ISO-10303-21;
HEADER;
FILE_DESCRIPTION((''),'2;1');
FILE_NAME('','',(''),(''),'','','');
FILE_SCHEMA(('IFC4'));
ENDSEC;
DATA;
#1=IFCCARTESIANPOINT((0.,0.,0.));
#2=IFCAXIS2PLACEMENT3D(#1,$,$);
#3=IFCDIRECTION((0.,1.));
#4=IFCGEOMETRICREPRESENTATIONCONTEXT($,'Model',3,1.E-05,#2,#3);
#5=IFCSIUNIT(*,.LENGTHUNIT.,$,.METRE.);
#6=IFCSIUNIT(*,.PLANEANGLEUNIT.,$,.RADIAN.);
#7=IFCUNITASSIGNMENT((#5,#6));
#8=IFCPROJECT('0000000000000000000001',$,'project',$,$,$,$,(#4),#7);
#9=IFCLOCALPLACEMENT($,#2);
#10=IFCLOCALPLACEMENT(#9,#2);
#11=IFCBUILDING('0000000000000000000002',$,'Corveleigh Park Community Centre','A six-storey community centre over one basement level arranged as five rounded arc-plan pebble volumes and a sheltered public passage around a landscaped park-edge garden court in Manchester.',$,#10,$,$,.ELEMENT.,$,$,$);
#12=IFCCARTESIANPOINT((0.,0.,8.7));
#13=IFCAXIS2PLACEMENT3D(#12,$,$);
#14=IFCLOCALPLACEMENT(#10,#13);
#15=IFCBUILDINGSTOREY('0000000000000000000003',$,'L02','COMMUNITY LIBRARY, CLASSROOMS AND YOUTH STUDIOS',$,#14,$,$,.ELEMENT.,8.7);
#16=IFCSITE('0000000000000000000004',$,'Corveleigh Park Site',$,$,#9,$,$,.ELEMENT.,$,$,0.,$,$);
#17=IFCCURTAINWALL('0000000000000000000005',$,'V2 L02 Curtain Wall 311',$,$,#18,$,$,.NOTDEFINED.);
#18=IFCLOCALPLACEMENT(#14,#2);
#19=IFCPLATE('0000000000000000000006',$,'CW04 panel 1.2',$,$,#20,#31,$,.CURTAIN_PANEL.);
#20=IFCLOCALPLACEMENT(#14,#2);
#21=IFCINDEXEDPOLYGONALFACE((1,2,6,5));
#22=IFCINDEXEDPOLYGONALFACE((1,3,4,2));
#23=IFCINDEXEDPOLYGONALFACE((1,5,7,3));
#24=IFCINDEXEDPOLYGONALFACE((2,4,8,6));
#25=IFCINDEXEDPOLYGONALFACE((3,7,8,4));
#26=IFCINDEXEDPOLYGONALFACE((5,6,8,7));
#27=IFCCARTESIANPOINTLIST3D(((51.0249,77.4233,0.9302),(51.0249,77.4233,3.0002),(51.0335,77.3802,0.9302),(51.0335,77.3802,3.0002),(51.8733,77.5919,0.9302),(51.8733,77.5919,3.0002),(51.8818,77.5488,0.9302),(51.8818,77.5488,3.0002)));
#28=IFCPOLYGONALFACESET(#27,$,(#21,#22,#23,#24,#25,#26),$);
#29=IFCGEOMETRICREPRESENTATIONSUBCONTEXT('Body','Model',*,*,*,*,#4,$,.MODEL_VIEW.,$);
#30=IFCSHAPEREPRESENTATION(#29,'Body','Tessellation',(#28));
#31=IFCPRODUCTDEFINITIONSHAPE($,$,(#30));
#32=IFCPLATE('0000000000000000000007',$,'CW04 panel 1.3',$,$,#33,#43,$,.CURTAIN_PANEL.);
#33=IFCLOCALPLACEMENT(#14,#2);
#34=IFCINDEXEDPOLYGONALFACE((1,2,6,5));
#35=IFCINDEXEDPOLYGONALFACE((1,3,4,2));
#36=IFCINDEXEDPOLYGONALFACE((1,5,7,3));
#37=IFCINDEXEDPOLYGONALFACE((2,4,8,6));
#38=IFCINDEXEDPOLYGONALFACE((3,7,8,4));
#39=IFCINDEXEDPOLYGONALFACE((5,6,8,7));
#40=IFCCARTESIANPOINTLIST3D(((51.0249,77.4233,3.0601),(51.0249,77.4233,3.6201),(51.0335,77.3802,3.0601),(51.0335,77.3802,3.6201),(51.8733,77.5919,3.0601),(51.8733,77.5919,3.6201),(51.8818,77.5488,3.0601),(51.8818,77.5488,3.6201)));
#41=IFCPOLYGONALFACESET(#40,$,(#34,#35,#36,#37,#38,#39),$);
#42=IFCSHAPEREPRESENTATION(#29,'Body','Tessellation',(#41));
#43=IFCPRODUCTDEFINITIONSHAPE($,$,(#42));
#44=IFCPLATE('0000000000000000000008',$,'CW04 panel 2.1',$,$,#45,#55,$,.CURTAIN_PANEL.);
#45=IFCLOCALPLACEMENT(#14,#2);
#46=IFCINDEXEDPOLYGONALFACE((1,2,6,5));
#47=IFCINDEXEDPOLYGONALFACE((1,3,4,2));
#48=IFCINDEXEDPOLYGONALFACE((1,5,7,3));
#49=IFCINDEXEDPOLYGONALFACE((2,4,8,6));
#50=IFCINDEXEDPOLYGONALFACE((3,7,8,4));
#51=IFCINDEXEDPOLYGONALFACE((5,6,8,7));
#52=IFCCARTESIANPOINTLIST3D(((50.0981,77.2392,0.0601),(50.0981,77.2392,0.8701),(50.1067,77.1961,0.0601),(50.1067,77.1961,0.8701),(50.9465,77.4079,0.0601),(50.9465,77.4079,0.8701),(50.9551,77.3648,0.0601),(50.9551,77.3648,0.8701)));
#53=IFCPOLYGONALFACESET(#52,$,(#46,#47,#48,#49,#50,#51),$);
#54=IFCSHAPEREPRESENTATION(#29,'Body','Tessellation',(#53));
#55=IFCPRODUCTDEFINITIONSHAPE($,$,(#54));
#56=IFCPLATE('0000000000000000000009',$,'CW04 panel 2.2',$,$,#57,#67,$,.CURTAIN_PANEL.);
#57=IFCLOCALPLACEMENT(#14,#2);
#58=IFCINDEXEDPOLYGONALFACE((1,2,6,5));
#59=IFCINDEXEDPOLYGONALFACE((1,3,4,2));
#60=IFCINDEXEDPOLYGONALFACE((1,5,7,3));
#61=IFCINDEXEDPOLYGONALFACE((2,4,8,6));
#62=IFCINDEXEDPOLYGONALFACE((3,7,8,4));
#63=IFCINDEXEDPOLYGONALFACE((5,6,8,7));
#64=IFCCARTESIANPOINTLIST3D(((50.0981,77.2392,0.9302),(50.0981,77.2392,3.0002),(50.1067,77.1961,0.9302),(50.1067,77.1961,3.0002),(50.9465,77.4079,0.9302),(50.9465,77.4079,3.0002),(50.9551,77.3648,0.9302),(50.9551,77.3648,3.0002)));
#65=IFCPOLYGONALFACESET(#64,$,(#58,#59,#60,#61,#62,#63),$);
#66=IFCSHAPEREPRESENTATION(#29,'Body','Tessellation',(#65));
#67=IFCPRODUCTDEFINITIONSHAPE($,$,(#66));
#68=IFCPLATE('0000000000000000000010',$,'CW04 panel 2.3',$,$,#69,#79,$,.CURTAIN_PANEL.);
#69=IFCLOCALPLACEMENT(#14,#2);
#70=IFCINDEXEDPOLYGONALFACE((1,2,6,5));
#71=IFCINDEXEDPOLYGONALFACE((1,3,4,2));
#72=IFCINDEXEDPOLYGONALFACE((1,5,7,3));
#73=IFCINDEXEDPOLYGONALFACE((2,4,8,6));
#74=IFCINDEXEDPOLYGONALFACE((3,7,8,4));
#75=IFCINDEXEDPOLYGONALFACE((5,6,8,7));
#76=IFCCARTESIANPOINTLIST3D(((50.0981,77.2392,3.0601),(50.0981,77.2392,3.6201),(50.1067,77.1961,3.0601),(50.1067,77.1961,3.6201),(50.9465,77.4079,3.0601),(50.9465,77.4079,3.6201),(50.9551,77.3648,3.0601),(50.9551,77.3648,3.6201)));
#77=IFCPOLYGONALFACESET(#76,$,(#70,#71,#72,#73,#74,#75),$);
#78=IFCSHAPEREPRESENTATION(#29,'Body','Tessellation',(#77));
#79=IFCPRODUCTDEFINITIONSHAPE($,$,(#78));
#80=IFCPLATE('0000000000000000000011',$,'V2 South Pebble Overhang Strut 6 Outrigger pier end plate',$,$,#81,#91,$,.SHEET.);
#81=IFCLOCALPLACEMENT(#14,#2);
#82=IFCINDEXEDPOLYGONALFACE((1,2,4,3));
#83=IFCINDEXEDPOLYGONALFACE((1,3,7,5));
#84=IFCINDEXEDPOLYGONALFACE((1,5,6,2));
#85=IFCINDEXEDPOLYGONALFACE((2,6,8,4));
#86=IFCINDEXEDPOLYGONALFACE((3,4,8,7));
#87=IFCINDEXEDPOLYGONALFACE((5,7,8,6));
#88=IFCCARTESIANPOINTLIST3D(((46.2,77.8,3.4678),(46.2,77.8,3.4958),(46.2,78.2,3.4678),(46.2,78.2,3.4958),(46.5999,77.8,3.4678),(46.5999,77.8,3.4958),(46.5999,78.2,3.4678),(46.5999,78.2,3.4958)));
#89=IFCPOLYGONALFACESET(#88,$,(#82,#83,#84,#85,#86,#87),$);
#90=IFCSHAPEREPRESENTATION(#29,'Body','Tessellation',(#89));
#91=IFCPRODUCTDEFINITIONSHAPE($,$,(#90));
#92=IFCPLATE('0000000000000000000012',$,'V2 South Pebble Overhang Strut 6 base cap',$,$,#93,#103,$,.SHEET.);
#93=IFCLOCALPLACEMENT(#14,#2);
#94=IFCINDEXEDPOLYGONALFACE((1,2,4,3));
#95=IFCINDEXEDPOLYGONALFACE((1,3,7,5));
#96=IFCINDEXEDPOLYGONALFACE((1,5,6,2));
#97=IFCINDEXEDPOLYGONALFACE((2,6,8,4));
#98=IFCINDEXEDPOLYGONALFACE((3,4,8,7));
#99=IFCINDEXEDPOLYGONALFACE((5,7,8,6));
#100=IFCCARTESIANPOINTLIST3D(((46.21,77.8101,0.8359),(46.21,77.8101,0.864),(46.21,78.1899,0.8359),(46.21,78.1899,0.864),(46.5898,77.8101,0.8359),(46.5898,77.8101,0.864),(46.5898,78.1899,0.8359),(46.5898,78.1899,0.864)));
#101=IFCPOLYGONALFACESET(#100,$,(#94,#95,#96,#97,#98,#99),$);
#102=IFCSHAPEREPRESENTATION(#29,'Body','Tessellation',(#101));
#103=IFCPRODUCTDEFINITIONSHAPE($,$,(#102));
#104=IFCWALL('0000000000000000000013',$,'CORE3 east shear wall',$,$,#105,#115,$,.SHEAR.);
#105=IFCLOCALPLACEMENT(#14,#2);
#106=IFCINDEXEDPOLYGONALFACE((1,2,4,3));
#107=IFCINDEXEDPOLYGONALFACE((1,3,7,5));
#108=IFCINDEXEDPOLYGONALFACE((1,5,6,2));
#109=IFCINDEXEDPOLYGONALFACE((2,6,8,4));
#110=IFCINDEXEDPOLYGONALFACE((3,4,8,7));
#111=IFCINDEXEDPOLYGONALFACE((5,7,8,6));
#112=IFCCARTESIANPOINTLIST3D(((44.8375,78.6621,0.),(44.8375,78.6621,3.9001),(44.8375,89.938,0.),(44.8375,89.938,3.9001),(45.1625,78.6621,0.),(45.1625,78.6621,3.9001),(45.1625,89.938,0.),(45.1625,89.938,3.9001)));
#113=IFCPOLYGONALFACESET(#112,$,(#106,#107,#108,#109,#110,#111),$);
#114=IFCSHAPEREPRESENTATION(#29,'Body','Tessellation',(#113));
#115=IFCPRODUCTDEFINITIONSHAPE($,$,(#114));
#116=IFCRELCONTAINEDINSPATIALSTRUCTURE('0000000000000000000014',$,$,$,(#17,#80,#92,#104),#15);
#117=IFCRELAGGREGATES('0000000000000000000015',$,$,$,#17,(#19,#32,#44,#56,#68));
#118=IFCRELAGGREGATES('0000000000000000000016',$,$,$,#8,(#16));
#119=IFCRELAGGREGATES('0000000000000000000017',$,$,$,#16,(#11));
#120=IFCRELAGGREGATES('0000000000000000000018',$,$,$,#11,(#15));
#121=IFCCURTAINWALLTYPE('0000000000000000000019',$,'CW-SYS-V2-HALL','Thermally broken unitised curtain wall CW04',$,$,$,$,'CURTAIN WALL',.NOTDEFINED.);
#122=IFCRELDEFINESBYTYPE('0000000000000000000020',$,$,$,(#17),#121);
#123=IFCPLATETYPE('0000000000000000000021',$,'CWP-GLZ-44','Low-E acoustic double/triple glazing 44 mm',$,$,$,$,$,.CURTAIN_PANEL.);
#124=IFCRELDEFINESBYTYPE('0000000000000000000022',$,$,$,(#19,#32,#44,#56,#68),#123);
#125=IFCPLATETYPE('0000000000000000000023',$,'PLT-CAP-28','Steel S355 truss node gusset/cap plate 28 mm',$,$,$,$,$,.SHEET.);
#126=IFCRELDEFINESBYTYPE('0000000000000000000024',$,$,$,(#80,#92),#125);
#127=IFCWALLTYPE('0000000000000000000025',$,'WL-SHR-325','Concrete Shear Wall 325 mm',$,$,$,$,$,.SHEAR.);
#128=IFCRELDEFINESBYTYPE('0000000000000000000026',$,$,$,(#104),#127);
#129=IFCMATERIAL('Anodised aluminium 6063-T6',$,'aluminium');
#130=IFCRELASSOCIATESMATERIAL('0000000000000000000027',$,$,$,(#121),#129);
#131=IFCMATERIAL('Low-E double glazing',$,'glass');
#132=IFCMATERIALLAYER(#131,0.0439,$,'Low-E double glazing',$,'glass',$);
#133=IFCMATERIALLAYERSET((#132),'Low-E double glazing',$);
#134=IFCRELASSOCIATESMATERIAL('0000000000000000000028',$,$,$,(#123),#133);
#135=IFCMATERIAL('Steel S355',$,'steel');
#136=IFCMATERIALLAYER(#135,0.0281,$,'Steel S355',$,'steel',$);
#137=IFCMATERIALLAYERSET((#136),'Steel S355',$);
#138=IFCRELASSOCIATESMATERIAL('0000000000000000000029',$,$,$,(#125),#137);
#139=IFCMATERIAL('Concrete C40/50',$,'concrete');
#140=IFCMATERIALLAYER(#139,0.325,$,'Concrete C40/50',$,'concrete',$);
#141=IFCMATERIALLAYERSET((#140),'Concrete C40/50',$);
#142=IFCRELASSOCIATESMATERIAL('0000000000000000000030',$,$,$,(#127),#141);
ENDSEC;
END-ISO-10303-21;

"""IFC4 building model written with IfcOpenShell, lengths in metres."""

from ifc_helpers import new_model, si_unit, direction, frame, frame_2d, origin, origin_2d, place, context, subcontext, project, spatial, rectangle, extrude, material, layer, layer_set, type_object, element, aggregate, save


model = new_model("IFC4")

# Units and contexts
model_context = context("Model", 3, precision=1e-05, world=origin(), true_north=direction((0.0, 1.0)))
body_context = subcontext(model_context, "Body", "Model", "MODEL_VIEW")
ifc_project = project(units=[si_unit("LENGTHUNIT", "METRE"), si_unit("PLANEANGLEUNIT", "RADIAN")], contexts=[model_context])

# Site, building, storey
site_placement = place(None, origin())
site = spatial("IfcSite", under=ifc_project, at=site_placement, Name="Corveleigh Park Site", CompositionType="ELEMENT", RefElevation=0.0)
building_placement = place(site_placement, origin())
building = spatial("IfcBuilding", under=site, at=building_placement, Name="Corveleigh Park Community Centre", Description="A six-storey community centre over one basement level arranged as five rounded arc-plan pebble volumes and a sheltered public passage around a landscaped park-edge garden court in Manchester.", CompositionType="ELEMENT")
storey_placement = place(building_placement, frame((0.0, 0.0, 8.7)))
storey = spatial("IfcBuildingStorey", under=building, at=storey_placement, Name="L02", Description="COMMUNITY LIBRARY, CLASSROOMS AND YOUTH STUDIOS", CompositionType="ELEMENT", Elevation=8.7)

# Shared definitions
ifc_material_1 = material(Name="Steel S355", Category="steel")

# Curtain wall
ifc_material_2 = material(Name="Anodised aluminium 6063-T6", Category="aluminium")
curtain_wall_type = type_object("IfcCurtainWallType", Name="CW-SYS-V2-HALL", Description="Thermally broken unitised curtain wall CW04", ElementType="CURTAIN WALL", PredefinedType="NOTDEFINED", material=ifc_material_2)
curtain_wall_1_placement = place(storey_placement, origin())
curtain_wall_1 = element("IfcCurtainWall", 1, at=curtain_wall_1_placement, inside=storey, type_object=curtain_wall_type, Name="V2 L02 Curtain Wall 311", PredefinedType="NOTDEFINED")

# Plates
ifc_material_3 = material(Name="Low-E double glazing", Category="glass")
ifc_layer_1 = layer(ifc_material_3, 0.0439, Name="Low-E double glazing", Category="glass")
ifc_layer_set_1 = layer_set([ifc_layer_1], Name="Low-E double glazing")
plate_type_1 = type_object("IfcPlateType", Name="CWP-GLZ-44", Description="Low-E acoustic double/triple glazing 44 mm", PredefinedType="CURTAIN_PANEL", material=ifc_layer_set_1)
plate_1_placement = place(storey_placement, frame((51.4534, 77.4861, 0.9302), z_axis=(0.0, 0.0, 1.0), x_axis=(-0.980814, -0.194944, 0.0)))
plate_1 = element("IfcPlate", 2, at=plate_1_placement, type_object=plate_type_1, Name="CW04 panel 1.2", PredefinedType="CURTAIN_PANEL", context=body_context, shape_type="SweptSolid", body=[
    extrude(rectangle(XDim=0.865, YDim=0.0439, at=origin_2d()), origin(), (0.0, 0.0, 1.0), 2.0701),
])
plate_2_placement = place(storey_placement, frame((51.4534, 77.4861, 3.0601), z_axis=(0.0, 0.0, 1.0), x_axis=(-0.980814, -0.194944, 0.0)))
plate_2 = element("IfcPlate", 3, at=plate_2_placement, type_object=plate_type_1, Name="CW04 panel 1.3", PredefinedType="CURTAIN_PANEL", context=body_context, shape_type="SweptSolid", body=[
    extrude(rectangle(XDim=0.865, YDim=0.0439, at=origin_2d()), origin(), (0.0, 0.0, 1.0), 0.5601),
])
plate_3_placement = place(storey_placement, frame((50.5266, 77.302, 0.0601), z_axis=(0.0, 0.0, 1.0), x_axis=(-0.980814, -0.194944, 0.0)))
plate_3 = element("IfcPlate", 4, at=plate_3_placement, type_object=plate_type_1, Name="CW04 panel 2.1", PredefinedType="CURTAIN_PANEL", context=body_context, shape_type="SweptSolid", body=[
    extrude(rectangle(XDim=0.865, YDim=0.0439, at=origin_2d()), origin(), (0.0, 0.0, 1.0), 0.8101),
])
plate_4_placement = place(storey_placement, frame((50.5266, 77.302, 0.9302), z_axis=(0.0, 0.0, 1.0), x_axis=(-0.980814, -0.194944, 0.0)))
plate_4 = element("IfcPlate", 5, at=plate_4_placement, type_object=plate_type_1, Name="CW04 panel 2.2", PredefinedType="CURTAIN_PANEL", context=body_context, shape_type="SweptSolid", body=[
    extrude(rectangle(XDim=0.865, YDim=0.0439, at=origin_2d()), origin(), (0.0, 0.0, 1.0), 2.0701),
])
plate_5_placement = place(storey_placement, frame((50.5266, 77.302, 3.0601), z_axis=(0.0, 0.0, 1.0), x_axis=(-0.980814, -0.194944, 0.0)))
plate_5 = element("IfcPlate", 6, at=plate_5_placement, type_object=plate_type_1, Name="CW04 panel 2.3", PredefinedType="CURTAIN_PANEL", context=body_context, shape_type="SweptSolid", body=[
    extrude(rectangle(XDim=0.865, YDim=0.0439, at=origin_2d()), origin(), (0.0, 0.0, 1.0), 0.5601),
])
aggregate(curtain_wall_1, [plate_1, plate_2, plate_3, plate_4, plate_5])

# Plates
ifc_layer_2 = layer(ifc_material_1, 0.0281, Name="Steel S355", Category="steel")
ifc_layer_set_2 = layer_set([ifc_layer_2], Name="Steel S355")
plate_type_2 = type_object("IfcPlateType", Name="PLT-CAP-28", Description="Steel S355 truss node gusset/cap plate 28 mm", PredefinedType="SHEET", material=ifc_layer_set_2)
plate_6_placement = place(storey_placement, frame((46.3999, 78.0, 3.4678), z_axis=(0.0, 0.0, 1.0), x_axis=(1.0, 0.0, 0.0)))
element("IfcPlate", 7, at=plate_6_placement, inside=storey, type_object=plate_type_2, Name="V2 South Pebble Overhang Strut 6 Outrigger pier end plate", PredefinedType="SHEET", context=body_context, shape_type="SweptSolid", body=[
    extrude(rectangle(XDim=0.3999, YDim=0.3999, at=origin_2d()), origin(), (0.0, 0.0, 1.0), 0.0281),
])
plate_7_placement = place(storey_placement, frame((46.3999, 78.0, 0.8359), z_axis=(0.0, 0.0, 1.0), x_axis=(1.0, 0.0, 0.0)))
element("IfcPlate", 8, at=plate_7_placement, inside=storey, type_object=plate_type_2, Name="V2 South Pebble Overhang Strut 6 base cap", PredefinedType="SHEET", context=body_context, shape_type="SweptSolid", body=[
    extrude(rectangle(XDim=0.3799, YDim=0.3799, at=origin_2d()), origin(), (0.0, 0.0, 1.0), 0.0281),
])

# Wall
ifc_material_4 = material(Name="Concrete C40/50", Category="concrete")
ifc_layer_3 = layer(ifc_material_4, 0.325, Name="Concrete C40/50", Category="concrete")
ifc_layer_set_3 = layer_set([ifc_layer_3], Name="Concrete C40/50")
wall_type = type_object("IfcWallType", Name="WL-SHR-325", Description="Concrete Shear Wall 325 mm", PredefinedType="SHEAR", material=ifc_layer_set_3)
wall_placement = place(storey_placement, frame((45.0, 78.6621, 0.0), z_axis=(0.0, 0.0, 1.0), x_axis=(0.0, 1.0, 0.0)))
element("IfcWall", 9, at=wall_placement, inside=storey, type_object=wall_type, Name="CORE3 east shear wall", PredefinedType="SHEAR", context=body_context, shape_type="SweptSolid", body=[
    extrude(rectangle(XDim=11.2759, YDim=0.325, at=frame_2d((5.6379, 0.0))), origin(), (0.0, 0.0, 1.0), 3.9001),
])

save(model, "model.ifc")
